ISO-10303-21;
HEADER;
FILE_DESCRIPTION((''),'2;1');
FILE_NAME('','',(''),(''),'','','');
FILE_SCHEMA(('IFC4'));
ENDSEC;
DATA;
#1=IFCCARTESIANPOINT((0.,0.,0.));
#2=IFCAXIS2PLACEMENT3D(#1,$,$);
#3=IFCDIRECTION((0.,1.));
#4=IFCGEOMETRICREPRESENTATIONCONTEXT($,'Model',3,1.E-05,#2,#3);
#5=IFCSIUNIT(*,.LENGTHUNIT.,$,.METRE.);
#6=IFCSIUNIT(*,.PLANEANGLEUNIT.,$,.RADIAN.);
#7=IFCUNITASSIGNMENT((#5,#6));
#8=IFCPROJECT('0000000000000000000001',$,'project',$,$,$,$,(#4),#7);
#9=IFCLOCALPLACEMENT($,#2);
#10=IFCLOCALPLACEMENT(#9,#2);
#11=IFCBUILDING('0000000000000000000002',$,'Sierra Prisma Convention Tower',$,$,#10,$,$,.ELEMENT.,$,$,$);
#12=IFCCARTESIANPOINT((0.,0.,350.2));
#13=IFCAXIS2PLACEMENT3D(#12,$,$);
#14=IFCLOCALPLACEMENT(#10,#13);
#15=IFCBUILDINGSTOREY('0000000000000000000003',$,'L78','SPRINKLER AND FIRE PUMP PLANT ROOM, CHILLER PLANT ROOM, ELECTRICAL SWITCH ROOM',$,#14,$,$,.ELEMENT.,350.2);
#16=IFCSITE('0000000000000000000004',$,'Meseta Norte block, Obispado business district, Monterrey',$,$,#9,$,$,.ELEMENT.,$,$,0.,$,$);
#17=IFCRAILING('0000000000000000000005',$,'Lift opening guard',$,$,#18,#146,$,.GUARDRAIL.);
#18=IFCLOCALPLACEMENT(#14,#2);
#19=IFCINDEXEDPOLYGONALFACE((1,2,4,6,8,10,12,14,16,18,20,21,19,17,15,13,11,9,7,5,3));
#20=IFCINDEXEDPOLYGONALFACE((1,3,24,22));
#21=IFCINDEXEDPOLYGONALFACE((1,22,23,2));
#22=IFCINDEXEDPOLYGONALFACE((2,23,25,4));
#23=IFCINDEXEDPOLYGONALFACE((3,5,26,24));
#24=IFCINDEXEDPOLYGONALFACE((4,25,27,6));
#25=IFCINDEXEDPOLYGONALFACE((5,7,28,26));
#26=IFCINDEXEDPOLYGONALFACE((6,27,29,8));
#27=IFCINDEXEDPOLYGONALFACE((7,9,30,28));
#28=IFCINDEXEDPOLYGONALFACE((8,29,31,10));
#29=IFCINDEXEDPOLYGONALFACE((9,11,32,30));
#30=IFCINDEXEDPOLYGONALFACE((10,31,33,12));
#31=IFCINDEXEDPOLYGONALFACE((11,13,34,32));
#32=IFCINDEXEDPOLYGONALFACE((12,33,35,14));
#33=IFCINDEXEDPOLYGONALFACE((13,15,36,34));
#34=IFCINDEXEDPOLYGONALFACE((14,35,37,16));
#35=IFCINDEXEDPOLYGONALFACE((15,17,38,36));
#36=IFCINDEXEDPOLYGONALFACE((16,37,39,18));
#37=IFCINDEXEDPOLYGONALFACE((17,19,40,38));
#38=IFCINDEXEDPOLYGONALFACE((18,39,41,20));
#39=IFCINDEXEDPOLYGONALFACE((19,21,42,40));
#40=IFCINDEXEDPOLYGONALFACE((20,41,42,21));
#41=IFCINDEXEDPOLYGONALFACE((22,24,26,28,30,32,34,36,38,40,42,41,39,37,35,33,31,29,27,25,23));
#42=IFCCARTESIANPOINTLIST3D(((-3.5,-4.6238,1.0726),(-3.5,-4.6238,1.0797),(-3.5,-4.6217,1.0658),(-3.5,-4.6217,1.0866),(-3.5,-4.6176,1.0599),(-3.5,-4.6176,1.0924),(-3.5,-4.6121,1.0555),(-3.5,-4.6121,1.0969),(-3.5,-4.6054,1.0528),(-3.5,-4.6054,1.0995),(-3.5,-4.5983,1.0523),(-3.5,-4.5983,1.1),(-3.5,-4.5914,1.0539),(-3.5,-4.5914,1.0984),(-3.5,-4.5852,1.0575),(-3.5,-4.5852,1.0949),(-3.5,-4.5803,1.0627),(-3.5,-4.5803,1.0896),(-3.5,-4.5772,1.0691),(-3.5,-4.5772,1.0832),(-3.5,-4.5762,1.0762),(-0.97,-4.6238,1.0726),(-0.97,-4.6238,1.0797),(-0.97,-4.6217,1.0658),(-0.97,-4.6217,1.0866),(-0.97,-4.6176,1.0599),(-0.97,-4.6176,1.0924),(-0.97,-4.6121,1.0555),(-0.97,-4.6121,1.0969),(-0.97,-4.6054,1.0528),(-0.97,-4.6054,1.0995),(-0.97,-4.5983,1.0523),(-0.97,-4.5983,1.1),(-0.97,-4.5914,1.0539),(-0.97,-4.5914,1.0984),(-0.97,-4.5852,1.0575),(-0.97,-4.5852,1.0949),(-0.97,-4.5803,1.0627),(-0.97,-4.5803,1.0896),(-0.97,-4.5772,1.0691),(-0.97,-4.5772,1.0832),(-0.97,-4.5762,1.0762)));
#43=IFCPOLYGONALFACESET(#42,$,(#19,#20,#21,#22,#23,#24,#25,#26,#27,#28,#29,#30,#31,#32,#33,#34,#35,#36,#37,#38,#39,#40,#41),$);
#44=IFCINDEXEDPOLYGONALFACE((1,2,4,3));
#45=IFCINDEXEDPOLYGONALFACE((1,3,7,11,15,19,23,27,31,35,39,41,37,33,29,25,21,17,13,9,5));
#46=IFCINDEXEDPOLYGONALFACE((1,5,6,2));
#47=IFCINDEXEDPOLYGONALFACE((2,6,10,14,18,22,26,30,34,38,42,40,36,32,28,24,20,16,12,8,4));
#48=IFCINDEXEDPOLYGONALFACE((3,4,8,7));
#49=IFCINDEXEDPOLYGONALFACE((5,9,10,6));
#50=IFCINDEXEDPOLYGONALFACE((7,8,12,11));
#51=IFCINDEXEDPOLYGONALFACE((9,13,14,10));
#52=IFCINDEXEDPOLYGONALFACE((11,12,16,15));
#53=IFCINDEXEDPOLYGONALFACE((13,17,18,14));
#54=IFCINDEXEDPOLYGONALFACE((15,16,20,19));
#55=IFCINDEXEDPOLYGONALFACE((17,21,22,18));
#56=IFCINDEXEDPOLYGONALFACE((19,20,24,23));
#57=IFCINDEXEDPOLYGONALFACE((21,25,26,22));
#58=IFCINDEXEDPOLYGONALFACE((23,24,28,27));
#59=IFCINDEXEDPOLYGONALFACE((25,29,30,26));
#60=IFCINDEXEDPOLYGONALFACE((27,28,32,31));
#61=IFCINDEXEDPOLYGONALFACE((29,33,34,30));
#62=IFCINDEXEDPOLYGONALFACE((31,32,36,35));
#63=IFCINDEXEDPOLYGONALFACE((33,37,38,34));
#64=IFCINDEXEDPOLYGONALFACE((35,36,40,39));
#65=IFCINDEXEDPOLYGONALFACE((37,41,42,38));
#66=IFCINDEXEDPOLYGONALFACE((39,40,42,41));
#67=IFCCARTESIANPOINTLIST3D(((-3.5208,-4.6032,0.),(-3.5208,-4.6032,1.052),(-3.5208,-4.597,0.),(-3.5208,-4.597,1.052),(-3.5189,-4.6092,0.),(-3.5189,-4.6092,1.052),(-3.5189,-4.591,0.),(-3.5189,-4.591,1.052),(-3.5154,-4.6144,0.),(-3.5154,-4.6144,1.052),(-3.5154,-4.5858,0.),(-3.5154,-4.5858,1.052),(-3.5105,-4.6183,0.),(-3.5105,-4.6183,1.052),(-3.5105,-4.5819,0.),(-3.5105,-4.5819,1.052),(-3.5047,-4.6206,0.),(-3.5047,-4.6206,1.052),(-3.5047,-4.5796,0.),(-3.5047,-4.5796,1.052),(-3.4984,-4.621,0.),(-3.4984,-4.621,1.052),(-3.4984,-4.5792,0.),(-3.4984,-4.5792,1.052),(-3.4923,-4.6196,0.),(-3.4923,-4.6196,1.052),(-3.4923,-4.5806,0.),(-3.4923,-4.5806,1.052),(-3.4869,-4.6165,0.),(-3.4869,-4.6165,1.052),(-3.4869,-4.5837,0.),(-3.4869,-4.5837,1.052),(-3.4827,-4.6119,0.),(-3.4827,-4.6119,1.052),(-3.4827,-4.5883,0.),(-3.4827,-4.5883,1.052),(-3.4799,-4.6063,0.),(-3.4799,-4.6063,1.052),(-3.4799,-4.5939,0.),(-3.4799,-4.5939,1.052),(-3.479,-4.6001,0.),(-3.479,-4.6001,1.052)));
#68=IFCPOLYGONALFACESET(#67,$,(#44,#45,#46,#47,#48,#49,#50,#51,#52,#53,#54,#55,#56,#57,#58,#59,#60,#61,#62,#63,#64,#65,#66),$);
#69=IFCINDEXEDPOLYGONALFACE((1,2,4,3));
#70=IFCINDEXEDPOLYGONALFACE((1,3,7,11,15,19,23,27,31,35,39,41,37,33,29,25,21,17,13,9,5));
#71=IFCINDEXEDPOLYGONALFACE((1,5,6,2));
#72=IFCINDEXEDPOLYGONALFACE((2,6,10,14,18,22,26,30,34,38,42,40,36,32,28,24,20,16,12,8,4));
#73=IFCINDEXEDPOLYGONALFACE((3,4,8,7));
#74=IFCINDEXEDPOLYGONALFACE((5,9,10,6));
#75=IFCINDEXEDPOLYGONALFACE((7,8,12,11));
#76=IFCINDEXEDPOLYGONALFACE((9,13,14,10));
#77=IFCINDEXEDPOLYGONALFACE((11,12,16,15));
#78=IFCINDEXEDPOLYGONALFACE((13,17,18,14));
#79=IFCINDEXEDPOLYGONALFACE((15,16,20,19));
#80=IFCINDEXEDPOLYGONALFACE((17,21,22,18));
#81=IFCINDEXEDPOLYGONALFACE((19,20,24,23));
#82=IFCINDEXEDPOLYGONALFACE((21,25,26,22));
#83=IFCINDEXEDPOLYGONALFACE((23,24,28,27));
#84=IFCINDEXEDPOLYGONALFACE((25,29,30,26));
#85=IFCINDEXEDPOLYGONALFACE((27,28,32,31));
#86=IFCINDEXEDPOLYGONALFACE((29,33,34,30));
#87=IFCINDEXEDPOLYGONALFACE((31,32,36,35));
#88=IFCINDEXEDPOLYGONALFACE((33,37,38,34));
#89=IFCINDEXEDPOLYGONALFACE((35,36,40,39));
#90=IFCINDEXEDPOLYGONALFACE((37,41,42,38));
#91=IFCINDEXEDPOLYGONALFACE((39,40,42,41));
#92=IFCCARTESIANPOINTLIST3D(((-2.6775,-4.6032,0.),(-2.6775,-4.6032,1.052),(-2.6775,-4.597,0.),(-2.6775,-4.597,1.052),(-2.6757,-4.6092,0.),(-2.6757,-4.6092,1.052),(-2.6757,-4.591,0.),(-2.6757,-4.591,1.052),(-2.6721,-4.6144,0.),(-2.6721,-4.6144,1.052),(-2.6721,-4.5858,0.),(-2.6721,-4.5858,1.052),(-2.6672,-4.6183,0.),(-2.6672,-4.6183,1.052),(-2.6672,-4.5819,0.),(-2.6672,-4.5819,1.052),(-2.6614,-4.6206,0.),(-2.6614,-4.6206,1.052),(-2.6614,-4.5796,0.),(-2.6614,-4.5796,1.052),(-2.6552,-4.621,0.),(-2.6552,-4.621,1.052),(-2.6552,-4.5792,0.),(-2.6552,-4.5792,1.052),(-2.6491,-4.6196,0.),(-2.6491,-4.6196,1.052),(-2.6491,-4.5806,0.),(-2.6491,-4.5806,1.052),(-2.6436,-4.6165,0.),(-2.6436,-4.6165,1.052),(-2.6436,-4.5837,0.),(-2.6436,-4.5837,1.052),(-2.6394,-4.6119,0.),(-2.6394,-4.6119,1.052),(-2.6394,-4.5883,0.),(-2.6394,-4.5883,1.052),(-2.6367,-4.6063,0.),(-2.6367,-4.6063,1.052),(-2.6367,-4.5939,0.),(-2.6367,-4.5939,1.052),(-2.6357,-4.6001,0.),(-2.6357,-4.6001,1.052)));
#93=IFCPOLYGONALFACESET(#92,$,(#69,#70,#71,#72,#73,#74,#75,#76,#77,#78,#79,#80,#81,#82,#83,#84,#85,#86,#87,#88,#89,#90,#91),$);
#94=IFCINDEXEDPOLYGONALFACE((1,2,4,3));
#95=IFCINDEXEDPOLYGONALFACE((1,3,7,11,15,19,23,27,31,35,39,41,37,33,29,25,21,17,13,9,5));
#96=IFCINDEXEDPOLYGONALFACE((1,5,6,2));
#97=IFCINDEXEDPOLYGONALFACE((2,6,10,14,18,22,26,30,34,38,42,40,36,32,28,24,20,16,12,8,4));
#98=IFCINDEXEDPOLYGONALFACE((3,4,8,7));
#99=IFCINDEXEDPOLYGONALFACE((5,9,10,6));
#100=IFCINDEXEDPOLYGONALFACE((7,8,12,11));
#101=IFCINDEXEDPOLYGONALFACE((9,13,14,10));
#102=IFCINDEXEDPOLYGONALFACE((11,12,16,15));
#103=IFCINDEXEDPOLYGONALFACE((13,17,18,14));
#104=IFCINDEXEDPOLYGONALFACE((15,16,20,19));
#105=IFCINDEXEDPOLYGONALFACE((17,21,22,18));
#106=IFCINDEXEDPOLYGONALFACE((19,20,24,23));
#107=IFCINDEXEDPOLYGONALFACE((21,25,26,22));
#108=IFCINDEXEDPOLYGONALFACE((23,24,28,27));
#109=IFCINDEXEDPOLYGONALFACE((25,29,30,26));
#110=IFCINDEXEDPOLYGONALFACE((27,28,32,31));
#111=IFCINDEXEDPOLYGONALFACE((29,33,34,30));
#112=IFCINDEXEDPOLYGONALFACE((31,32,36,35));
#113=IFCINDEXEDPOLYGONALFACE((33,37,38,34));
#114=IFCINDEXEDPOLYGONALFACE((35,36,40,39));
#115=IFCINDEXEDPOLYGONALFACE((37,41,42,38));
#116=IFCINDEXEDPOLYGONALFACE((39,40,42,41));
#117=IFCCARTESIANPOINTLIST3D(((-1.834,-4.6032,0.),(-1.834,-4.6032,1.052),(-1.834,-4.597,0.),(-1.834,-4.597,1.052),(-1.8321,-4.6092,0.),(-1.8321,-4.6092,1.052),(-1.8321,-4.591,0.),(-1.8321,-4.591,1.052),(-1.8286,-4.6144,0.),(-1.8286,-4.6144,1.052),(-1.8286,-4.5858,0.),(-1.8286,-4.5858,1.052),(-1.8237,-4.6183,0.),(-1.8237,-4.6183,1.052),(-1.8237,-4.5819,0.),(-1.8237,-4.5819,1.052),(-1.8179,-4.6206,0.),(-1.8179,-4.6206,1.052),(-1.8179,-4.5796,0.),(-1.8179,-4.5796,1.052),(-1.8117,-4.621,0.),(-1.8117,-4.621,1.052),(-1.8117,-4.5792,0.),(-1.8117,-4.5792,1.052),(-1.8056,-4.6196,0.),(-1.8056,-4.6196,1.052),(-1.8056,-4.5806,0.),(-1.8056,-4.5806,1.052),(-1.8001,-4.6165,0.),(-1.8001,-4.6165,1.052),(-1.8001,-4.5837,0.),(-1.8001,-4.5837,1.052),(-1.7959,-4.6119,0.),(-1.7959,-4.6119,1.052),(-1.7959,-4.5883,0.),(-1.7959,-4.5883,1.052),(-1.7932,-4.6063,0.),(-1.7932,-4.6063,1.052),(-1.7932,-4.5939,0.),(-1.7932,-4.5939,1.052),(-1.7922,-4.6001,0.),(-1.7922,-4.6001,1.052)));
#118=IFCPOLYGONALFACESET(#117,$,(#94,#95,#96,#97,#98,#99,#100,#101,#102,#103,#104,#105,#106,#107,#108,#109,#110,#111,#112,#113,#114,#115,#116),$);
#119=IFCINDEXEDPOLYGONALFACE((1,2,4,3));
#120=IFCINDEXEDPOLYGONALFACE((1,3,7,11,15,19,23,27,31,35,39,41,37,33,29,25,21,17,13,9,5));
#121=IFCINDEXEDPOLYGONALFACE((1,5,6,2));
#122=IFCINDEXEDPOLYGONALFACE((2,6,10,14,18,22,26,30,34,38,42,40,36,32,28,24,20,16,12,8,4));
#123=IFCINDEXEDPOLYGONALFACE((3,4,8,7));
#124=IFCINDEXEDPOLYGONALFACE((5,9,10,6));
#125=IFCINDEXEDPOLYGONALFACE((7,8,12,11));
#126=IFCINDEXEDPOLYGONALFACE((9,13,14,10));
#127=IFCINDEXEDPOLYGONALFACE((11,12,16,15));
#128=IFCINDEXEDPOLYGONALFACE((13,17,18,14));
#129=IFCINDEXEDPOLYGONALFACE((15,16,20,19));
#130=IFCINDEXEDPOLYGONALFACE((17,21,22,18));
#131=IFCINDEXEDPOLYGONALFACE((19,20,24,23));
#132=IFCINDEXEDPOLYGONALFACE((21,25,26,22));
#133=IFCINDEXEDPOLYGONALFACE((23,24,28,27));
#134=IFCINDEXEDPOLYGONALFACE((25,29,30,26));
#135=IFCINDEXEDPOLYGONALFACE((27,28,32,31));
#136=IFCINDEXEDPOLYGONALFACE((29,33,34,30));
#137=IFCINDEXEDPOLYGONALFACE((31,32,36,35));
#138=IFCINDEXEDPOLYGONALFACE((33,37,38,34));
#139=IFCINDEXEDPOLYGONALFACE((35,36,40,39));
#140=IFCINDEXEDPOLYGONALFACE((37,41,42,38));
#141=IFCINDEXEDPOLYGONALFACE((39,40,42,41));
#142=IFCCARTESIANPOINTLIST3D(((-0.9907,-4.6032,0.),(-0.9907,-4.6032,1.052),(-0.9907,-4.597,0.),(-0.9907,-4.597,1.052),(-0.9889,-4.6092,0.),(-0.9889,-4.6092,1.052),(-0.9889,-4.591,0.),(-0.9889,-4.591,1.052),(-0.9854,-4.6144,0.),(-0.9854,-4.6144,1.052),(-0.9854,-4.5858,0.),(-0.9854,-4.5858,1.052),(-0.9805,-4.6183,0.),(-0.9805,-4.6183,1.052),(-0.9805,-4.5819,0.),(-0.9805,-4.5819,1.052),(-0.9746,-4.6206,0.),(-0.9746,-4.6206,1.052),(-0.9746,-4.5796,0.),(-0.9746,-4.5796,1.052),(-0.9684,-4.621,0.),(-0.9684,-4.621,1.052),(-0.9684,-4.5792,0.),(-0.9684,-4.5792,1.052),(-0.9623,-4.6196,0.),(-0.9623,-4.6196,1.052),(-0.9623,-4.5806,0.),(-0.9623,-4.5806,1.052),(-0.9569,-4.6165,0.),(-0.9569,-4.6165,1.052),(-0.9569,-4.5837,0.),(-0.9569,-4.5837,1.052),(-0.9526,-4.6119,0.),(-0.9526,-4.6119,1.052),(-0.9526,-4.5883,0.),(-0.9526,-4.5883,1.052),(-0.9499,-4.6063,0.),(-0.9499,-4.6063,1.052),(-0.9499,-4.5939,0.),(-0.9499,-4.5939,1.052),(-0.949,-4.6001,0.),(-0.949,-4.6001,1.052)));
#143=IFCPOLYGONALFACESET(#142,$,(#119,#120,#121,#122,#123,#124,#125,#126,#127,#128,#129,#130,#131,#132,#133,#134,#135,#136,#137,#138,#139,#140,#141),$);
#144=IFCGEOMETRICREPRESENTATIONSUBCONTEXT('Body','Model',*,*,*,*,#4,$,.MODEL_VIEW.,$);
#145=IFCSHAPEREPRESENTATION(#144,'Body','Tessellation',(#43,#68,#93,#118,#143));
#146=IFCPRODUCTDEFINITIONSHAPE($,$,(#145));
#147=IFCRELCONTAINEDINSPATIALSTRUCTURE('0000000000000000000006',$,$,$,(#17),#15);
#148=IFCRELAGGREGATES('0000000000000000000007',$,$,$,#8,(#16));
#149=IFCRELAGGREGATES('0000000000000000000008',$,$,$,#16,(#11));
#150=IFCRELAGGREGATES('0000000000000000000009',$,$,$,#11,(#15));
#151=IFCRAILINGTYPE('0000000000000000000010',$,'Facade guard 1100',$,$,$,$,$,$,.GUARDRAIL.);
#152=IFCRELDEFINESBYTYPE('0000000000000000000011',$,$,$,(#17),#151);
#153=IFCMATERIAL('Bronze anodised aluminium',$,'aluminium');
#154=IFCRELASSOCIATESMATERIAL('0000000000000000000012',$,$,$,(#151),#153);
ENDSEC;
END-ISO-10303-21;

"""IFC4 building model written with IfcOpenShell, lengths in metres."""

from ifc_helpers import new_model, si_unit, direction, frame, origin, origin_2d, place, context, subcontext, project, spatial, circle, extrude, material, type_object, element, save


model = new_model("IFC4")

# Units and contexts
model_context = context("Model", 3, precision=1e-05, world=origin(), true_north=direction((0.0, 1.0)))
body_context = subcontext(model_context, "Body", "Model", "MODEL_VIEW")
ifc_project = project(units=[si_unit("LENGTHUNIT", "METRE"), si_unit("PLANEANGLEUNIT", "RADIAN")], contexts=[model_context])

# Site, building, storey
site_placement = place(None, origin())
site = spatial("IfcSite", under=ifc_project, at=site_placement, Name="Meseta Norte block, Obispado business district, Monterrey", CompositionType="ELEMENT", RefElevation=0.0)
building_placement = place(site_placement, origin())
building = spatial("IfcBuilding", under=site, at=building_placement, Name="Sierra Prisma Convention Tower", CompositionType="ELEMENT")
storey_placement = place(building_placement, frame((0.0, 0.0, 350.2)))
storey = spatial("IfcBuildingStorey", under=building, at=storey_placement, Name="L78", Description="SPRINKLER AND FIRE PUMP PLANT ROOM, CHILLER PLANT ROOM, ELECTRICAL SWITCH ROOM", CompositionType="ELEMENT", Elevation=350.2)

# Railing
ifc_material_1 = material(Name="Bronze anodised aluminium", Category="aluminium")
railing_type_1 = type_object("IfcRailingType", Name="Facade guard 1100", PredefinedType="GUARDRAIL", material=ifc_material_1)
railing_1_placement = place(storey_placement, frame((-3.5, -4.6001, 0.0)))
element("IfcRailing", 1, at=railing_1_placement, inside=storey, type_object=railing_type_1, Name="Lift opening guard", PredefinedType="GUARDRAIL", context=body_context, shape_type="SweptSolid", body=[
    extrude(circle(Radius=0.0239, at=origin_2d()), frame((0.0, 0.0, 1.0762), z_axis=(1.0, 0.0, 0.0), x_axis=(0.0, 1.0, 0.0)), (0.0, 0.0, 1.0), 2.53),
    extrude(circle(Radius=0.021, at=origin_2d()), origin(), (0.0, 0.0, 1.0), 1.052),
    extrude(circle(Radius=0.021, at=origin_2d()), frame((0.8433, 0.0, 0.0)), (0.0, 0.0, 1.0), 1.052),
    extrude(circle(Radius=0.021, at=origin_2d()), frame((1.6868, 0.0, 0.0)), (0.0, 0.0, 1.0), 1.052),
    extrude(circle(Radius=0.021, at=origin_2d()), frame((2.53, 0.0, 0.0)), (0.0, 0.0, 1.0), 1.052),
])

save(model, "model.ifc")
